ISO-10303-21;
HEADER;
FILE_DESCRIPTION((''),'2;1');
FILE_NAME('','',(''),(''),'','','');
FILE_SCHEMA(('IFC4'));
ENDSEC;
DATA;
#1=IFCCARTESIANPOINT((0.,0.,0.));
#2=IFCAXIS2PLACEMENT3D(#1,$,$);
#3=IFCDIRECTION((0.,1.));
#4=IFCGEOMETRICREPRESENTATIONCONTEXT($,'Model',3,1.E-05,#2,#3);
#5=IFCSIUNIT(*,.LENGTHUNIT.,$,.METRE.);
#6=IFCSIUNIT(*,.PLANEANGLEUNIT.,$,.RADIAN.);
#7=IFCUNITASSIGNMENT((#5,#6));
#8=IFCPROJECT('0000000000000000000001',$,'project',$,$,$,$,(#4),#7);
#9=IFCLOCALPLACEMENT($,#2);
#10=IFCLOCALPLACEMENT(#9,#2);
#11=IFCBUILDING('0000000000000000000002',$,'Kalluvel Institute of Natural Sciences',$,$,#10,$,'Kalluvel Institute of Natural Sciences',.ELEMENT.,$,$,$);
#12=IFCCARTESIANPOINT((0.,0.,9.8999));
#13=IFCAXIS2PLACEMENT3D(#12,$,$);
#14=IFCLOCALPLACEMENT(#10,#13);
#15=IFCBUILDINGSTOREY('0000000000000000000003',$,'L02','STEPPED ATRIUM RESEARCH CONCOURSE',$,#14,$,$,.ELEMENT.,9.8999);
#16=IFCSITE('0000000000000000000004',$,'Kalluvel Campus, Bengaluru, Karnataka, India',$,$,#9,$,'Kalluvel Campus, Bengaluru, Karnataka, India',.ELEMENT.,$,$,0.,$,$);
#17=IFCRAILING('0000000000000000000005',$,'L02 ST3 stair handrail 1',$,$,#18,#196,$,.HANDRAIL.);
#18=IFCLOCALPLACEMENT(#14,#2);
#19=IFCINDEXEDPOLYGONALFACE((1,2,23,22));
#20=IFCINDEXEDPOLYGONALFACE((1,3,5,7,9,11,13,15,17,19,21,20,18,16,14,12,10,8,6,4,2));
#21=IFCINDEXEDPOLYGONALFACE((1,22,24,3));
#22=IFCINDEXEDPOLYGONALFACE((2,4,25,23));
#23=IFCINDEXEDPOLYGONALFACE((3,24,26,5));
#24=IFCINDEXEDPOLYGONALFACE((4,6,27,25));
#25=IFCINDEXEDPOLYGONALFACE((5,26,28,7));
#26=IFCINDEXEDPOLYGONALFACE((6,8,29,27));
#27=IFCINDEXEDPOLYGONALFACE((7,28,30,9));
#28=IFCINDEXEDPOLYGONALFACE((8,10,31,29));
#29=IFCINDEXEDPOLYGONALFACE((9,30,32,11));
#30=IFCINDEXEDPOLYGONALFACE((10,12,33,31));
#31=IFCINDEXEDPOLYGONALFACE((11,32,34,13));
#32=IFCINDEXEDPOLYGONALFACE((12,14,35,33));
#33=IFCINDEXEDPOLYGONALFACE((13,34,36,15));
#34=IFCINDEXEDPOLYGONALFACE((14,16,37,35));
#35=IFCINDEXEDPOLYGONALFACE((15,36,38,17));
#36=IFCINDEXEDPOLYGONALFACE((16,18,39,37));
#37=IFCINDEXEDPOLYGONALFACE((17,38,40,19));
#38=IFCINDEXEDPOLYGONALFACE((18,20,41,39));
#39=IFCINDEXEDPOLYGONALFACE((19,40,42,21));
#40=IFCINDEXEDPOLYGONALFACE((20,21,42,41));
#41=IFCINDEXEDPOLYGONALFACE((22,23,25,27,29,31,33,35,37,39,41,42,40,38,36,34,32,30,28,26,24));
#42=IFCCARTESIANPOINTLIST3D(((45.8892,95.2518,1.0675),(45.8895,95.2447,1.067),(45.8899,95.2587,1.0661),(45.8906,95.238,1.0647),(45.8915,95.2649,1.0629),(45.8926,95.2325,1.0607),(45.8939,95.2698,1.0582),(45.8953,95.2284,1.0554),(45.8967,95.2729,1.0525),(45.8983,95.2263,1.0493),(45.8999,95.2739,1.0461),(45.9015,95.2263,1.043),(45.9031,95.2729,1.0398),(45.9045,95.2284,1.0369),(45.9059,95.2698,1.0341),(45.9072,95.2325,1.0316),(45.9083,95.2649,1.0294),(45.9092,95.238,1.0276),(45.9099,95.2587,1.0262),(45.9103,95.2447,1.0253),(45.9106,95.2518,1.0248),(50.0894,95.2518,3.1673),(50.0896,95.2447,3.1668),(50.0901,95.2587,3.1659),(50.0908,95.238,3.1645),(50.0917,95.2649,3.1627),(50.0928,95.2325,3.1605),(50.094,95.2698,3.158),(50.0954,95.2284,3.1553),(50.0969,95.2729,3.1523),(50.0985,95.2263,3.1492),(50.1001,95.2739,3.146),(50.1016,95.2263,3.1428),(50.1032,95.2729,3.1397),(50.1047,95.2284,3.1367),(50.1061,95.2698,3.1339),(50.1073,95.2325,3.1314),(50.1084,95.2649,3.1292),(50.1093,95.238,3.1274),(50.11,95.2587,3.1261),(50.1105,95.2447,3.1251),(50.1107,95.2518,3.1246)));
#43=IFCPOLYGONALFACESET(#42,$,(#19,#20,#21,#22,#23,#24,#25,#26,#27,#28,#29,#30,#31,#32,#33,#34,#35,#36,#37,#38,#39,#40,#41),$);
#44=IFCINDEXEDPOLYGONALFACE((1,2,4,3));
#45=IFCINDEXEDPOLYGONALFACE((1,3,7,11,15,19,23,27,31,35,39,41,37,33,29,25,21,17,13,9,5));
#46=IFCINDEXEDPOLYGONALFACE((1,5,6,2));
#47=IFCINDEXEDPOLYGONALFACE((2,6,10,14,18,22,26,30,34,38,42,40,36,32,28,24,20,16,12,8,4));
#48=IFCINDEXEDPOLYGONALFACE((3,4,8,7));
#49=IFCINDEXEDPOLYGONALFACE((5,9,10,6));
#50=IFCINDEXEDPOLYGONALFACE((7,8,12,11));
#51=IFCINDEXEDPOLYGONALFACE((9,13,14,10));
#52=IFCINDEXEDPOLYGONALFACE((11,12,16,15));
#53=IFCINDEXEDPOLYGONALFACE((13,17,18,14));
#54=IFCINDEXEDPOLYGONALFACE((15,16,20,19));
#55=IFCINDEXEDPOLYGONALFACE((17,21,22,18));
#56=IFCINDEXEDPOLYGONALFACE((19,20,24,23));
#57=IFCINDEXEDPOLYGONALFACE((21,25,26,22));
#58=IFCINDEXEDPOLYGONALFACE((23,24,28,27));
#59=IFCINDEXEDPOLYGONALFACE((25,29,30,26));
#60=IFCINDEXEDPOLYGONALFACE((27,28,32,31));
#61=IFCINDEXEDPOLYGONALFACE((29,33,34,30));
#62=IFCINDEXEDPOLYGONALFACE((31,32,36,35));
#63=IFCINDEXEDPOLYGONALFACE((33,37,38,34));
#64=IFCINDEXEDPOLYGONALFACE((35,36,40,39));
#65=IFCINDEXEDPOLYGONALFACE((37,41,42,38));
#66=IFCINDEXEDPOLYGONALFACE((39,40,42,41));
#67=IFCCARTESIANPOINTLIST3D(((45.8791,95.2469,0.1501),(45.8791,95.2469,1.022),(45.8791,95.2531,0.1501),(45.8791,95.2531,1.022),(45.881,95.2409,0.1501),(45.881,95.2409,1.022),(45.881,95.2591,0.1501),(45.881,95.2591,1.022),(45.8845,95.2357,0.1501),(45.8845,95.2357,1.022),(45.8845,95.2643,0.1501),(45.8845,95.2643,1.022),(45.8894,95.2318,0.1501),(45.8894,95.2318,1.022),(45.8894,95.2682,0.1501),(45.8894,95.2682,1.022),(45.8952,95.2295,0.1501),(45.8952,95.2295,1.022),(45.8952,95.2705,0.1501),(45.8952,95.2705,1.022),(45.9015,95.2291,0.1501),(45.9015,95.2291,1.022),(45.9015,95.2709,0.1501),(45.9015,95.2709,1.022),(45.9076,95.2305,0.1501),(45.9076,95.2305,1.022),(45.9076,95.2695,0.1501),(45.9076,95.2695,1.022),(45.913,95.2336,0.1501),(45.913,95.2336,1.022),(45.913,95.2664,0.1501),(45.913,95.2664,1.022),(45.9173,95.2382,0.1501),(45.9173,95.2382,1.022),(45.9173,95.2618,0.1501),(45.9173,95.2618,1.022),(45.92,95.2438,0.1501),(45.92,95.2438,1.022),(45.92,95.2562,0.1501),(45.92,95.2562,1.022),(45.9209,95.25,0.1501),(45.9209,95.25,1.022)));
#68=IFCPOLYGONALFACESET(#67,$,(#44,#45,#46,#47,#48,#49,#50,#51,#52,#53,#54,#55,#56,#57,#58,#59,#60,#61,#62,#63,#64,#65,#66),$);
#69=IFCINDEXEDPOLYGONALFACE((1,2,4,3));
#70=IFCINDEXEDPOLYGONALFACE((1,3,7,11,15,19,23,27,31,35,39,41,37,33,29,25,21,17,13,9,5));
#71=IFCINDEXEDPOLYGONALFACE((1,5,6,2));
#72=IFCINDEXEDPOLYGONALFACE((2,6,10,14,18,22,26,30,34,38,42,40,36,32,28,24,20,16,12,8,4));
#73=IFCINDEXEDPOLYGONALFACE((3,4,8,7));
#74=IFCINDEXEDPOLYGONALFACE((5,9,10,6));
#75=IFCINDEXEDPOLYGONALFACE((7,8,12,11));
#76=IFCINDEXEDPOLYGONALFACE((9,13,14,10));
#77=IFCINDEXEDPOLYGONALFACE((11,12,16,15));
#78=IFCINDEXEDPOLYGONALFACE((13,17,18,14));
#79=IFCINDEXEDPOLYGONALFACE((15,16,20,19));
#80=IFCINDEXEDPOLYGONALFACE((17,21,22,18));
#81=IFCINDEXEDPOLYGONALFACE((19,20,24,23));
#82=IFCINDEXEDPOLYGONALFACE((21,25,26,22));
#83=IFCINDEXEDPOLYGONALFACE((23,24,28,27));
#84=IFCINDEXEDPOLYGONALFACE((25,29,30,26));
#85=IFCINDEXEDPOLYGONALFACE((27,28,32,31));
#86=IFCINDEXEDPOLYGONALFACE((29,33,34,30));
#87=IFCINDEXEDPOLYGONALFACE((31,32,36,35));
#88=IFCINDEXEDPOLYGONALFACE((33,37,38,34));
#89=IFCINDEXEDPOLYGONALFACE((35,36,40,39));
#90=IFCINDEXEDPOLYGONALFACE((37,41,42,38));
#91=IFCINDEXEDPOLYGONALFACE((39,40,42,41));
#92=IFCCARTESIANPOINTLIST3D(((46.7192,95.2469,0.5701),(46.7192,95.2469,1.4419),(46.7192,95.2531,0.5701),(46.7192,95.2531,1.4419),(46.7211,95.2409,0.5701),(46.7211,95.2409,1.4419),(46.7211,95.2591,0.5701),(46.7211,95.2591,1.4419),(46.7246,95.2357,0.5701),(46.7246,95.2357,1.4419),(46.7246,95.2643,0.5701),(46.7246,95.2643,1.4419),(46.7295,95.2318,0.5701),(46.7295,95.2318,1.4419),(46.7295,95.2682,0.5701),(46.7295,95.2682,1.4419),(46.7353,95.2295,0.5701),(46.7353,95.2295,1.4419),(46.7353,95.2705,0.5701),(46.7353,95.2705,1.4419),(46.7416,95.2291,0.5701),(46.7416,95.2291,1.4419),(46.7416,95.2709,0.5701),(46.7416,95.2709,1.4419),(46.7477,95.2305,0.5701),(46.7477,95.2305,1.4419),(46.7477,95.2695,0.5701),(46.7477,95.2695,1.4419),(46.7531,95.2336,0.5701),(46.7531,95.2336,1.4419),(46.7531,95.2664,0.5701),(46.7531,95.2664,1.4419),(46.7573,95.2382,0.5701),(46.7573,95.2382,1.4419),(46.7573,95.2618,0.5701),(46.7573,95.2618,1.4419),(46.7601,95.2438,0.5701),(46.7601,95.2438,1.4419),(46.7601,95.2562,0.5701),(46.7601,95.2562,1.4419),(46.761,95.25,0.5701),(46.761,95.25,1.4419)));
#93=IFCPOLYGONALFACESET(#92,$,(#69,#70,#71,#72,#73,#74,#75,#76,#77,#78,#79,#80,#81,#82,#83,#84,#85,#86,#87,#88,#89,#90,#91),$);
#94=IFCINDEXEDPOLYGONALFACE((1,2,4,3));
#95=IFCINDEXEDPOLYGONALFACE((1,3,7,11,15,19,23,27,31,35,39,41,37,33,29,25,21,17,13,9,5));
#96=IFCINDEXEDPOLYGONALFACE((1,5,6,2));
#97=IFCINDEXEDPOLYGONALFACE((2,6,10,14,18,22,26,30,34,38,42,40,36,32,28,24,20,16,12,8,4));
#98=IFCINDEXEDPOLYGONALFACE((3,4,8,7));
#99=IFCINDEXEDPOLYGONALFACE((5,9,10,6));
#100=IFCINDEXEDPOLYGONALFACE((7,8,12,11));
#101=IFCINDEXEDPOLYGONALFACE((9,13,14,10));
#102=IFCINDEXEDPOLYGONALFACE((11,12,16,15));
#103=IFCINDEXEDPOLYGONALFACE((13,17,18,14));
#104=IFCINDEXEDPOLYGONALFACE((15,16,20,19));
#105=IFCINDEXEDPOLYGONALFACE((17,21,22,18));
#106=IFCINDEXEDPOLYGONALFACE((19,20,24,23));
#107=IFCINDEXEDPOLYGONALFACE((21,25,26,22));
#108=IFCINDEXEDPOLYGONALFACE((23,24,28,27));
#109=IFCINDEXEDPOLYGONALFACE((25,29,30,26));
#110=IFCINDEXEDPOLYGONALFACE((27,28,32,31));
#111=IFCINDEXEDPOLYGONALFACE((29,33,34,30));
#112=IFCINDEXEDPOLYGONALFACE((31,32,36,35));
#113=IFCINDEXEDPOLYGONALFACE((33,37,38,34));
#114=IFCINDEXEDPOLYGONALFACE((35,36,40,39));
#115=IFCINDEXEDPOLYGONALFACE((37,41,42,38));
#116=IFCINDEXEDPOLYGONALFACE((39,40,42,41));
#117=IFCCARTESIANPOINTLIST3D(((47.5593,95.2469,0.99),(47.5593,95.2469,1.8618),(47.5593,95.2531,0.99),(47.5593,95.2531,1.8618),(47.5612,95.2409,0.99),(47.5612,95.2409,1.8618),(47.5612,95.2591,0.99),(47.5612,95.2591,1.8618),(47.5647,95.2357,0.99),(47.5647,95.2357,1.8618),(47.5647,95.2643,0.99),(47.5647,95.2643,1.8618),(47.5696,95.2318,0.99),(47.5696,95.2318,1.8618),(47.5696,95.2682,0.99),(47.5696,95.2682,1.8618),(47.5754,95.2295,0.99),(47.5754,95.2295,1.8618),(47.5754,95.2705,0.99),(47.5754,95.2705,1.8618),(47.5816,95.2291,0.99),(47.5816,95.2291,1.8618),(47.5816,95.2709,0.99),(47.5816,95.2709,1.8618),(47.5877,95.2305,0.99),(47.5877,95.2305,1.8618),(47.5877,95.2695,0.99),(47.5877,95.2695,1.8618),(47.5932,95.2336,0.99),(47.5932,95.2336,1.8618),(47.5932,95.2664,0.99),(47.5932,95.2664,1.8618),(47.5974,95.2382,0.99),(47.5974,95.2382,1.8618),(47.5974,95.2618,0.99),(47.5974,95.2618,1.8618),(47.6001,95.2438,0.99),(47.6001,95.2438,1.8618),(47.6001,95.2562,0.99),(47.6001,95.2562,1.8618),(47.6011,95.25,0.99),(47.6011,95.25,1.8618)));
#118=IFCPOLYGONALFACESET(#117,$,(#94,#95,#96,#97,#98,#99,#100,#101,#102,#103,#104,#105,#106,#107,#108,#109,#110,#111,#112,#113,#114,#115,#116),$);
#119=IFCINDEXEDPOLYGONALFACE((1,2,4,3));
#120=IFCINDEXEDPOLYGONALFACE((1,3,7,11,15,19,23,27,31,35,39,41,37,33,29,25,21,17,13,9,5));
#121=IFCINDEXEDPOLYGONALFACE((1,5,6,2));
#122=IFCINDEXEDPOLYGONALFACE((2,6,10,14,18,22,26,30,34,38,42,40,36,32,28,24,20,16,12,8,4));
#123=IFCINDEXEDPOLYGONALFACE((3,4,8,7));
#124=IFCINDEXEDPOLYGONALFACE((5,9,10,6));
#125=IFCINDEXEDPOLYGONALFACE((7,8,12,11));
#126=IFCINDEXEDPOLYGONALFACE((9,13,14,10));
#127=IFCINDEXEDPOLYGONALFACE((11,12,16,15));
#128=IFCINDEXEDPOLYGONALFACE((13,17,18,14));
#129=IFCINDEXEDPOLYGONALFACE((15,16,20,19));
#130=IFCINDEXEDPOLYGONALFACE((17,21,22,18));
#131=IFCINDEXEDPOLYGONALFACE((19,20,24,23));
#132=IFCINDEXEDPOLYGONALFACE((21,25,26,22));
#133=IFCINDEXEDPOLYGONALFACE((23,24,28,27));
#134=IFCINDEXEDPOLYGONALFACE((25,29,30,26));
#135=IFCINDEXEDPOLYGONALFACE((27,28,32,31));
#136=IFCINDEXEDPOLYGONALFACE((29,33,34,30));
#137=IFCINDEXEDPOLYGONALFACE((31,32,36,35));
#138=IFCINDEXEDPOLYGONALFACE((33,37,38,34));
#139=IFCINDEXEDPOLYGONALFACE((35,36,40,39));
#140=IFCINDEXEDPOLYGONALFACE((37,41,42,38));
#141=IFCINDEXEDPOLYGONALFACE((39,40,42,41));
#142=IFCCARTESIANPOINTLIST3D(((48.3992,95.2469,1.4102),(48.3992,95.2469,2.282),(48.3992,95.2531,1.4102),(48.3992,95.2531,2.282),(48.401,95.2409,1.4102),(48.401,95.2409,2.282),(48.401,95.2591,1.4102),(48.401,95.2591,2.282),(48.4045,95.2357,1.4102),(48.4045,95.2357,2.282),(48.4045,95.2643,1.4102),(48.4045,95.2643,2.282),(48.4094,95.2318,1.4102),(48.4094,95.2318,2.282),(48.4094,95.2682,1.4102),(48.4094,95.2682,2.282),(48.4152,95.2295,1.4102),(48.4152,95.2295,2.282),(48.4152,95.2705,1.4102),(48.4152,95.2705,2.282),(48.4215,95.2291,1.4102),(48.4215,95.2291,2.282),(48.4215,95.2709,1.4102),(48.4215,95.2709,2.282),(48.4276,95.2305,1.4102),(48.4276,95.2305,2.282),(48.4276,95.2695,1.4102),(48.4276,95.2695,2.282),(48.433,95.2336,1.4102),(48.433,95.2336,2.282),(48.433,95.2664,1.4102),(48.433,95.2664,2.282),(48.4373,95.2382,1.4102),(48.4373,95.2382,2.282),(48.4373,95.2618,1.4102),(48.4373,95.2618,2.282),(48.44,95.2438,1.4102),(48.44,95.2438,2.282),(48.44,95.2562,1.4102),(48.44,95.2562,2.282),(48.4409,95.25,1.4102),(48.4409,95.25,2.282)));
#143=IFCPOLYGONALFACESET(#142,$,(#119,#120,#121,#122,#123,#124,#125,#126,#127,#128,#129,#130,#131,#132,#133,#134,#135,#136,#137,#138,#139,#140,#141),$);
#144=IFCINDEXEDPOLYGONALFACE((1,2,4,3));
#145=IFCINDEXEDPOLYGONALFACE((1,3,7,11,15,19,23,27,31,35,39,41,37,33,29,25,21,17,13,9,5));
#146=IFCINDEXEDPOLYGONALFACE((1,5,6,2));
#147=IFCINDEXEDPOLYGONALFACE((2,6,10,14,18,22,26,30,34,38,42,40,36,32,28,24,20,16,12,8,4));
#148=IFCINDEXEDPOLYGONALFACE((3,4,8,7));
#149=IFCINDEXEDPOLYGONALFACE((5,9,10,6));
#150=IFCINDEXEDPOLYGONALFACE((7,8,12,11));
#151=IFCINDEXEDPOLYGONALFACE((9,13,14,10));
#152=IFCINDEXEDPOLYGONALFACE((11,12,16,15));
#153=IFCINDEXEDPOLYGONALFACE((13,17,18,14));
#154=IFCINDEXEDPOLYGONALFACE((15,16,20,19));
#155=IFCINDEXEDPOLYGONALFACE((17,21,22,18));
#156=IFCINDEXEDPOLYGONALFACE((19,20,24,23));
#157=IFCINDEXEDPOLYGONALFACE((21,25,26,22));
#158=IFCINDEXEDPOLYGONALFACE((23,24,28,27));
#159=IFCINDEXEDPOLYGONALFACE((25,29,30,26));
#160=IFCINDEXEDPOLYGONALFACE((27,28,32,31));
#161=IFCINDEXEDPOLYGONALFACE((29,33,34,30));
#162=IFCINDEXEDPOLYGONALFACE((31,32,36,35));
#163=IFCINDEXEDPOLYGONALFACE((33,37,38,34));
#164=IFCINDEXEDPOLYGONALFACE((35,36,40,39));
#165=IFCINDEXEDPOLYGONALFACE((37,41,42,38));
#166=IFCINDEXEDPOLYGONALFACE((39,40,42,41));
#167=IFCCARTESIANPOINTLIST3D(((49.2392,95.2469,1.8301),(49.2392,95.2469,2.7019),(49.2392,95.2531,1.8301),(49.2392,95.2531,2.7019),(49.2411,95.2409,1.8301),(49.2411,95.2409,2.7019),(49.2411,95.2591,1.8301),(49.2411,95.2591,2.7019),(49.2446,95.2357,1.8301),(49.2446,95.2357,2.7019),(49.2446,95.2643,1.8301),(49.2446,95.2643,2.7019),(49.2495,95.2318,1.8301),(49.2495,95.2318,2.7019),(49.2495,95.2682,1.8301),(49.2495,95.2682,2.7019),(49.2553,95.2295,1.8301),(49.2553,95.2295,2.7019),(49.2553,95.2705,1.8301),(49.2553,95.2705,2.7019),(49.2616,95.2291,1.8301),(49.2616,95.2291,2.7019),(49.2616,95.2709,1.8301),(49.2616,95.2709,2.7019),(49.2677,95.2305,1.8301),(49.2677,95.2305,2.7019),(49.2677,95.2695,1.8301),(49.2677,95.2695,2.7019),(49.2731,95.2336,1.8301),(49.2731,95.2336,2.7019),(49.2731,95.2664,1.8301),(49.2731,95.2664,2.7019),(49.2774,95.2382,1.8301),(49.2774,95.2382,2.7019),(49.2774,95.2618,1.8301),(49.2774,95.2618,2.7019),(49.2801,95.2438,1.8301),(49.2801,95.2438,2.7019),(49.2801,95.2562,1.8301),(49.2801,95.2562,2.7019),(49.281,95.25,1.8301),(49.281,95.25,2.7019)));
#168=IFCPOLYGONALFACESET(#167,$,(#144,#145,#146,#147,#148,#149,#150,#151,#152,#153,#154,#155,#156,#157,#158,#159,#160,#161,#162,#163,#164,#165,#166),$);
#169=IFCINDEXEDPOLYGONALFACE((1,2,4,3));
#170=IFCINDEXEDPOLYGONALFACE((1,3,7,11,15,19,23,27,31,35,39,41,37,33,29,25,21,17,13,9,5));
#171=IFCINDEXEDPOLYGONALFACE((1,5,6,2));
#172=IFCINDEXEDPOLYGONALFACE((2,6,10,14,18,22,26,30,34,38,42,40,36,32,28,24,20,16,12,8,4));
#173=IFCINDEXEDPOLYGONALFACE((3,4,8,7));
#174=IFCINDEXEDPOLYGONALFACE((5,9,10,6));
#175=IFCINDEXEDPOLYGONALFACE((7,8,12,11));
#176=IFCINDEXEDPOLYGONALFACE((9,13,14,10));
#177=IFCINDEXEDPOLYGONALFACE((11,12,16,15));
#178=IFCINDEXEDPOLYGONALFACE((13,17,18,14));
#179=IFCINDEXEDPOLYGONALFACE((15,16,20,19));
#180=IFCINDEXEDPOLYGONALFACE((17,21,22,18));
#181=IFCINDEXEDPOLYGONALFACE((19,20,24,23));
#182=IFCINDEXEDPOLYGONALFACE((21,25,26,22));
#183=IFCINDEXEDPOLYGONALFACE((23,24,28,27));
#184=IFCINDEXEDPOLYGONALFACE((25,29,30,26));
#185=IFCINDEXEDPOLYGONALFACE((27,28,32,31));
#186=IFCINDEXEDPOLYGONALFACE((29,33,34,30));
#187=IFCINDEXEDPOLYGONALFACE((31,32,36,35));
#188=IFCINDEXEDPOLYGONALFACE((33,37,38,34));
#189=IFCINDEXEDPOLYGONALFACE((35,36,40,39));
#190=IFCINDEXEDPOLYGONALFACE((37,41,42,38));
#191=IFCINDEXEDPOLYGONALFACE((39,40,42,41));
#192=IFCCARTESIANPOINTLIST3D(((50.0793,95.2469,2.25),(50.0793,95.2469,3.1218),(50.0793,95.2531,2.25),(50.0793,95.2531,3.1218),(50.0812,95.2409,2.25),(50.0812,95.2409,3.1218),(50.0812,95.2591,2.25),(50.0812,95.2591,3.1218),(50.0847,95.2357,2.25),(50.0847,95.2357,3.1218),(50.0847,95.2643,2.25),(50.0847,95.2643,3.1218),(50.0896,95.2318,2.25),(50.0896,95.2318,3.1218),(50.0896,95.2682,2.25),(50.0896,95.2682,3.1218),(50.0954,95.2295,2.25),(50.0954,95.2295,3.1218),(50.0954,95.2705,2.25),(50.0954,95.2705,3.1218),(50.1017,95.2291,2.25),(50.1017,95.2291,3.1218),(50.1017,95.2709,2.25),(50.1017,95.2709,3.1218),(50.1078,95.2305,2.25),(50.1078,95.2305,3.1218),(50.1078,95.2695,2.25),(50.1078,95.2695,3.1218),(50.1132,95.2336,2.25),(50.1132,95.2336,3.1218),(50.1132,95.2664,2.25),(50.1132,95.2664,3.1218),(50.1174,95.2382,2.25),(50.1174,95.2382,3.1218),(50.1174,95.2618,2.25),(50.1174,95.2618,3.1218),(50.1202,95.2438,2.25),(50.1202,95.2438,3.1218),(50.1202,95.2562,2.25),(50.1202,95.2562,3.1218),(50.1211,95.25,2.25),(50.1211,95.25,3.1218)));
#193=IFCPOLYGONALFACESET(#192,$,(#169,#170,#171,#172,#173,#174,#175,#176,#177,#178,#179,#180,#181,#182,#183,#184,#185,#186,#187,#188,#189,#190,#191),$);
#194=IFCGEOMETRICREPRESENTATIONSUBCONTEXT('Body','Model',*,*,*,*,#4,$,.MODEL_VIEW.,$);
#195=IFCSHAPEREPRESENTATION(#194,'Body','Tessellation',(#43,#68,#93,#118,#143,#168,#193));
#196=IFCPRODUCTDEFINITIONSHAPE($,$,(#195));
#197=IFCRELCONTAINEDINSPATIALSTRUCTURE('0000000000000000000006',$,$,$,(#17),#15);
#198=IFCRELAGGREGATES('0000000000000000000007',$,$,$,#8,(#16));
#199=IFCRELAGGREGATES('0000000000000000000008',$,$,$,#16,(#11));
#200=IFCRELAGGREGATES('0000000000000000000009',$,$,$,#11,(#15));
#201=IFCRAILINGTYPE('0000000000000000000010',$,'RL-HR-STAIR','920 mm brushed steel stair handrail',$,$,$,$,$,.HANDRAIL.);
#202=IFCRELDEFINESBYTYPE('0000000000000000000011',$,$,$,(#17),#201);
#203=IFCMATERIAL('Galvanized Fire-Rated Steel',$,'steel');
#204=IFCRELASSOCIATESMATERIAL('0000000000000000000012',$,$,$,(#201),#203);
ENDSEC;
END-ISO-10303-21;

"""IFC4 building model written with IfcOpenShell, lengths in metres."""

from ifc_helpers import new_model, si_unit, direction, frame, origin, origin_2d, place, context, subcontext, project, spatial, circle, extrude, material, type_object, element, save


model = new_model("IFC4")

# Units and contexts
model_context = context("Model", 3, precision=1e-05, world=origin(), true_north=direction((0.0, 1.0)))
body_context = subcontext(model_context, "Body", "Model", "MODEL_VIEW")
ifc_project = project(units=[si_unit("LENGTHUNIT", "METRE"), si_unit("PLANEANGLEUNIT", "RADIAN")], contexts=[model_context])

# Site, building, storey
site_placement = place(None, origin())
site = spatial("IfcSite", under=ifc_project, at=site_placement, Name="Kalluvel Campus, Bengaluru, Karnataka, India", LongName="Kalluvel Campus, Bengaluru, Karnataka, India", CompositionType="ELEMENT", RefElevation=0.0)
building_placement = place(site_placement, origin())
building = spatial("IfcBuilding", under=site, at=building_placement, Name="Kalluvel Institute of Natural Sciences", LongName="Kalluvel Institute of Natural Sciences", CompositionType="ELEMENT")
storey_placement = place(building_placement, frame((0.0, 0.0, 9.8999)))
storey = spatial("IfcBuildingStorey", under=building, at=storey_placement, Name="L02", Description="STEPPED ATRIUM RESEARCH CONCOURSE", CompositionType="ELEMENT", Elevation=9.8999)

# Shared definitions
ifc_material_1 = material(Name="Galvanized Fire-Rated Steel", Category="steel")

# Railing
railing_type_1 = type_object("IfcRailingType", Name="RL-HR-STAIR", Description="920 mm brushed steel stair handrail", PredefinedType="HANDRAIL", material=ifc_material_1)
railing_1_placement = place(storey_placement, frame((45.8999, 95.25, 0.1501)))
element("IfcRailing", 1, at=railing_1_placement, inside=storey, type_object=railing_type_1, Name="L02 ST3 stair handrail 1", PredefinedType="HANDRAIL", context=body_context, shape_type="SweptSolid", body=[
    extrude(circle(Radius=0.0239, at=origin_2d()), frame((0.0, 0.0, 0.896), z_axis=(0.894448, 0.0, 0.447172), x_axis=(0.0, 1.0, 0.0)), (0.0, 0.0, 1.0), 4.6958),
    extrude(circle(Radius=0.021, at=origin_2d()), origin(), (0.0, 0.0, 1.0), 0.8718),
    extrude(circle(Radius=0.021, at=origin_2d()), frame((0.8401, 0.0, 0.4199)), (0.0, 0.0, 1.0), 0.8718),
    extrude(circle(Radius=0.021, at=origin_2d()), frame((1.6802, 0.0, 0.8398)), (0.0, 0.0, 1.0), 0.8718),
    extrude(circle(Radius=0.021, at=origin_2d()), frame((2.52, 0.0, 1.26)), (0.0, 0.0, 1.0), 0.8718),
    extrude(circle(Radius=0.021, at=origin_2d()), frame((3.3601, 0.0, 1.6799)), (0.0, 0.0, 1.0), 0.8718),
    extrude(circle(Radius=0.021, at=origin_2d()), frame((4.2002, 0.0, 2.0999)), (0.0, 0.0, 1.0), 0.8718),
])

save(model, "model.ifc")
